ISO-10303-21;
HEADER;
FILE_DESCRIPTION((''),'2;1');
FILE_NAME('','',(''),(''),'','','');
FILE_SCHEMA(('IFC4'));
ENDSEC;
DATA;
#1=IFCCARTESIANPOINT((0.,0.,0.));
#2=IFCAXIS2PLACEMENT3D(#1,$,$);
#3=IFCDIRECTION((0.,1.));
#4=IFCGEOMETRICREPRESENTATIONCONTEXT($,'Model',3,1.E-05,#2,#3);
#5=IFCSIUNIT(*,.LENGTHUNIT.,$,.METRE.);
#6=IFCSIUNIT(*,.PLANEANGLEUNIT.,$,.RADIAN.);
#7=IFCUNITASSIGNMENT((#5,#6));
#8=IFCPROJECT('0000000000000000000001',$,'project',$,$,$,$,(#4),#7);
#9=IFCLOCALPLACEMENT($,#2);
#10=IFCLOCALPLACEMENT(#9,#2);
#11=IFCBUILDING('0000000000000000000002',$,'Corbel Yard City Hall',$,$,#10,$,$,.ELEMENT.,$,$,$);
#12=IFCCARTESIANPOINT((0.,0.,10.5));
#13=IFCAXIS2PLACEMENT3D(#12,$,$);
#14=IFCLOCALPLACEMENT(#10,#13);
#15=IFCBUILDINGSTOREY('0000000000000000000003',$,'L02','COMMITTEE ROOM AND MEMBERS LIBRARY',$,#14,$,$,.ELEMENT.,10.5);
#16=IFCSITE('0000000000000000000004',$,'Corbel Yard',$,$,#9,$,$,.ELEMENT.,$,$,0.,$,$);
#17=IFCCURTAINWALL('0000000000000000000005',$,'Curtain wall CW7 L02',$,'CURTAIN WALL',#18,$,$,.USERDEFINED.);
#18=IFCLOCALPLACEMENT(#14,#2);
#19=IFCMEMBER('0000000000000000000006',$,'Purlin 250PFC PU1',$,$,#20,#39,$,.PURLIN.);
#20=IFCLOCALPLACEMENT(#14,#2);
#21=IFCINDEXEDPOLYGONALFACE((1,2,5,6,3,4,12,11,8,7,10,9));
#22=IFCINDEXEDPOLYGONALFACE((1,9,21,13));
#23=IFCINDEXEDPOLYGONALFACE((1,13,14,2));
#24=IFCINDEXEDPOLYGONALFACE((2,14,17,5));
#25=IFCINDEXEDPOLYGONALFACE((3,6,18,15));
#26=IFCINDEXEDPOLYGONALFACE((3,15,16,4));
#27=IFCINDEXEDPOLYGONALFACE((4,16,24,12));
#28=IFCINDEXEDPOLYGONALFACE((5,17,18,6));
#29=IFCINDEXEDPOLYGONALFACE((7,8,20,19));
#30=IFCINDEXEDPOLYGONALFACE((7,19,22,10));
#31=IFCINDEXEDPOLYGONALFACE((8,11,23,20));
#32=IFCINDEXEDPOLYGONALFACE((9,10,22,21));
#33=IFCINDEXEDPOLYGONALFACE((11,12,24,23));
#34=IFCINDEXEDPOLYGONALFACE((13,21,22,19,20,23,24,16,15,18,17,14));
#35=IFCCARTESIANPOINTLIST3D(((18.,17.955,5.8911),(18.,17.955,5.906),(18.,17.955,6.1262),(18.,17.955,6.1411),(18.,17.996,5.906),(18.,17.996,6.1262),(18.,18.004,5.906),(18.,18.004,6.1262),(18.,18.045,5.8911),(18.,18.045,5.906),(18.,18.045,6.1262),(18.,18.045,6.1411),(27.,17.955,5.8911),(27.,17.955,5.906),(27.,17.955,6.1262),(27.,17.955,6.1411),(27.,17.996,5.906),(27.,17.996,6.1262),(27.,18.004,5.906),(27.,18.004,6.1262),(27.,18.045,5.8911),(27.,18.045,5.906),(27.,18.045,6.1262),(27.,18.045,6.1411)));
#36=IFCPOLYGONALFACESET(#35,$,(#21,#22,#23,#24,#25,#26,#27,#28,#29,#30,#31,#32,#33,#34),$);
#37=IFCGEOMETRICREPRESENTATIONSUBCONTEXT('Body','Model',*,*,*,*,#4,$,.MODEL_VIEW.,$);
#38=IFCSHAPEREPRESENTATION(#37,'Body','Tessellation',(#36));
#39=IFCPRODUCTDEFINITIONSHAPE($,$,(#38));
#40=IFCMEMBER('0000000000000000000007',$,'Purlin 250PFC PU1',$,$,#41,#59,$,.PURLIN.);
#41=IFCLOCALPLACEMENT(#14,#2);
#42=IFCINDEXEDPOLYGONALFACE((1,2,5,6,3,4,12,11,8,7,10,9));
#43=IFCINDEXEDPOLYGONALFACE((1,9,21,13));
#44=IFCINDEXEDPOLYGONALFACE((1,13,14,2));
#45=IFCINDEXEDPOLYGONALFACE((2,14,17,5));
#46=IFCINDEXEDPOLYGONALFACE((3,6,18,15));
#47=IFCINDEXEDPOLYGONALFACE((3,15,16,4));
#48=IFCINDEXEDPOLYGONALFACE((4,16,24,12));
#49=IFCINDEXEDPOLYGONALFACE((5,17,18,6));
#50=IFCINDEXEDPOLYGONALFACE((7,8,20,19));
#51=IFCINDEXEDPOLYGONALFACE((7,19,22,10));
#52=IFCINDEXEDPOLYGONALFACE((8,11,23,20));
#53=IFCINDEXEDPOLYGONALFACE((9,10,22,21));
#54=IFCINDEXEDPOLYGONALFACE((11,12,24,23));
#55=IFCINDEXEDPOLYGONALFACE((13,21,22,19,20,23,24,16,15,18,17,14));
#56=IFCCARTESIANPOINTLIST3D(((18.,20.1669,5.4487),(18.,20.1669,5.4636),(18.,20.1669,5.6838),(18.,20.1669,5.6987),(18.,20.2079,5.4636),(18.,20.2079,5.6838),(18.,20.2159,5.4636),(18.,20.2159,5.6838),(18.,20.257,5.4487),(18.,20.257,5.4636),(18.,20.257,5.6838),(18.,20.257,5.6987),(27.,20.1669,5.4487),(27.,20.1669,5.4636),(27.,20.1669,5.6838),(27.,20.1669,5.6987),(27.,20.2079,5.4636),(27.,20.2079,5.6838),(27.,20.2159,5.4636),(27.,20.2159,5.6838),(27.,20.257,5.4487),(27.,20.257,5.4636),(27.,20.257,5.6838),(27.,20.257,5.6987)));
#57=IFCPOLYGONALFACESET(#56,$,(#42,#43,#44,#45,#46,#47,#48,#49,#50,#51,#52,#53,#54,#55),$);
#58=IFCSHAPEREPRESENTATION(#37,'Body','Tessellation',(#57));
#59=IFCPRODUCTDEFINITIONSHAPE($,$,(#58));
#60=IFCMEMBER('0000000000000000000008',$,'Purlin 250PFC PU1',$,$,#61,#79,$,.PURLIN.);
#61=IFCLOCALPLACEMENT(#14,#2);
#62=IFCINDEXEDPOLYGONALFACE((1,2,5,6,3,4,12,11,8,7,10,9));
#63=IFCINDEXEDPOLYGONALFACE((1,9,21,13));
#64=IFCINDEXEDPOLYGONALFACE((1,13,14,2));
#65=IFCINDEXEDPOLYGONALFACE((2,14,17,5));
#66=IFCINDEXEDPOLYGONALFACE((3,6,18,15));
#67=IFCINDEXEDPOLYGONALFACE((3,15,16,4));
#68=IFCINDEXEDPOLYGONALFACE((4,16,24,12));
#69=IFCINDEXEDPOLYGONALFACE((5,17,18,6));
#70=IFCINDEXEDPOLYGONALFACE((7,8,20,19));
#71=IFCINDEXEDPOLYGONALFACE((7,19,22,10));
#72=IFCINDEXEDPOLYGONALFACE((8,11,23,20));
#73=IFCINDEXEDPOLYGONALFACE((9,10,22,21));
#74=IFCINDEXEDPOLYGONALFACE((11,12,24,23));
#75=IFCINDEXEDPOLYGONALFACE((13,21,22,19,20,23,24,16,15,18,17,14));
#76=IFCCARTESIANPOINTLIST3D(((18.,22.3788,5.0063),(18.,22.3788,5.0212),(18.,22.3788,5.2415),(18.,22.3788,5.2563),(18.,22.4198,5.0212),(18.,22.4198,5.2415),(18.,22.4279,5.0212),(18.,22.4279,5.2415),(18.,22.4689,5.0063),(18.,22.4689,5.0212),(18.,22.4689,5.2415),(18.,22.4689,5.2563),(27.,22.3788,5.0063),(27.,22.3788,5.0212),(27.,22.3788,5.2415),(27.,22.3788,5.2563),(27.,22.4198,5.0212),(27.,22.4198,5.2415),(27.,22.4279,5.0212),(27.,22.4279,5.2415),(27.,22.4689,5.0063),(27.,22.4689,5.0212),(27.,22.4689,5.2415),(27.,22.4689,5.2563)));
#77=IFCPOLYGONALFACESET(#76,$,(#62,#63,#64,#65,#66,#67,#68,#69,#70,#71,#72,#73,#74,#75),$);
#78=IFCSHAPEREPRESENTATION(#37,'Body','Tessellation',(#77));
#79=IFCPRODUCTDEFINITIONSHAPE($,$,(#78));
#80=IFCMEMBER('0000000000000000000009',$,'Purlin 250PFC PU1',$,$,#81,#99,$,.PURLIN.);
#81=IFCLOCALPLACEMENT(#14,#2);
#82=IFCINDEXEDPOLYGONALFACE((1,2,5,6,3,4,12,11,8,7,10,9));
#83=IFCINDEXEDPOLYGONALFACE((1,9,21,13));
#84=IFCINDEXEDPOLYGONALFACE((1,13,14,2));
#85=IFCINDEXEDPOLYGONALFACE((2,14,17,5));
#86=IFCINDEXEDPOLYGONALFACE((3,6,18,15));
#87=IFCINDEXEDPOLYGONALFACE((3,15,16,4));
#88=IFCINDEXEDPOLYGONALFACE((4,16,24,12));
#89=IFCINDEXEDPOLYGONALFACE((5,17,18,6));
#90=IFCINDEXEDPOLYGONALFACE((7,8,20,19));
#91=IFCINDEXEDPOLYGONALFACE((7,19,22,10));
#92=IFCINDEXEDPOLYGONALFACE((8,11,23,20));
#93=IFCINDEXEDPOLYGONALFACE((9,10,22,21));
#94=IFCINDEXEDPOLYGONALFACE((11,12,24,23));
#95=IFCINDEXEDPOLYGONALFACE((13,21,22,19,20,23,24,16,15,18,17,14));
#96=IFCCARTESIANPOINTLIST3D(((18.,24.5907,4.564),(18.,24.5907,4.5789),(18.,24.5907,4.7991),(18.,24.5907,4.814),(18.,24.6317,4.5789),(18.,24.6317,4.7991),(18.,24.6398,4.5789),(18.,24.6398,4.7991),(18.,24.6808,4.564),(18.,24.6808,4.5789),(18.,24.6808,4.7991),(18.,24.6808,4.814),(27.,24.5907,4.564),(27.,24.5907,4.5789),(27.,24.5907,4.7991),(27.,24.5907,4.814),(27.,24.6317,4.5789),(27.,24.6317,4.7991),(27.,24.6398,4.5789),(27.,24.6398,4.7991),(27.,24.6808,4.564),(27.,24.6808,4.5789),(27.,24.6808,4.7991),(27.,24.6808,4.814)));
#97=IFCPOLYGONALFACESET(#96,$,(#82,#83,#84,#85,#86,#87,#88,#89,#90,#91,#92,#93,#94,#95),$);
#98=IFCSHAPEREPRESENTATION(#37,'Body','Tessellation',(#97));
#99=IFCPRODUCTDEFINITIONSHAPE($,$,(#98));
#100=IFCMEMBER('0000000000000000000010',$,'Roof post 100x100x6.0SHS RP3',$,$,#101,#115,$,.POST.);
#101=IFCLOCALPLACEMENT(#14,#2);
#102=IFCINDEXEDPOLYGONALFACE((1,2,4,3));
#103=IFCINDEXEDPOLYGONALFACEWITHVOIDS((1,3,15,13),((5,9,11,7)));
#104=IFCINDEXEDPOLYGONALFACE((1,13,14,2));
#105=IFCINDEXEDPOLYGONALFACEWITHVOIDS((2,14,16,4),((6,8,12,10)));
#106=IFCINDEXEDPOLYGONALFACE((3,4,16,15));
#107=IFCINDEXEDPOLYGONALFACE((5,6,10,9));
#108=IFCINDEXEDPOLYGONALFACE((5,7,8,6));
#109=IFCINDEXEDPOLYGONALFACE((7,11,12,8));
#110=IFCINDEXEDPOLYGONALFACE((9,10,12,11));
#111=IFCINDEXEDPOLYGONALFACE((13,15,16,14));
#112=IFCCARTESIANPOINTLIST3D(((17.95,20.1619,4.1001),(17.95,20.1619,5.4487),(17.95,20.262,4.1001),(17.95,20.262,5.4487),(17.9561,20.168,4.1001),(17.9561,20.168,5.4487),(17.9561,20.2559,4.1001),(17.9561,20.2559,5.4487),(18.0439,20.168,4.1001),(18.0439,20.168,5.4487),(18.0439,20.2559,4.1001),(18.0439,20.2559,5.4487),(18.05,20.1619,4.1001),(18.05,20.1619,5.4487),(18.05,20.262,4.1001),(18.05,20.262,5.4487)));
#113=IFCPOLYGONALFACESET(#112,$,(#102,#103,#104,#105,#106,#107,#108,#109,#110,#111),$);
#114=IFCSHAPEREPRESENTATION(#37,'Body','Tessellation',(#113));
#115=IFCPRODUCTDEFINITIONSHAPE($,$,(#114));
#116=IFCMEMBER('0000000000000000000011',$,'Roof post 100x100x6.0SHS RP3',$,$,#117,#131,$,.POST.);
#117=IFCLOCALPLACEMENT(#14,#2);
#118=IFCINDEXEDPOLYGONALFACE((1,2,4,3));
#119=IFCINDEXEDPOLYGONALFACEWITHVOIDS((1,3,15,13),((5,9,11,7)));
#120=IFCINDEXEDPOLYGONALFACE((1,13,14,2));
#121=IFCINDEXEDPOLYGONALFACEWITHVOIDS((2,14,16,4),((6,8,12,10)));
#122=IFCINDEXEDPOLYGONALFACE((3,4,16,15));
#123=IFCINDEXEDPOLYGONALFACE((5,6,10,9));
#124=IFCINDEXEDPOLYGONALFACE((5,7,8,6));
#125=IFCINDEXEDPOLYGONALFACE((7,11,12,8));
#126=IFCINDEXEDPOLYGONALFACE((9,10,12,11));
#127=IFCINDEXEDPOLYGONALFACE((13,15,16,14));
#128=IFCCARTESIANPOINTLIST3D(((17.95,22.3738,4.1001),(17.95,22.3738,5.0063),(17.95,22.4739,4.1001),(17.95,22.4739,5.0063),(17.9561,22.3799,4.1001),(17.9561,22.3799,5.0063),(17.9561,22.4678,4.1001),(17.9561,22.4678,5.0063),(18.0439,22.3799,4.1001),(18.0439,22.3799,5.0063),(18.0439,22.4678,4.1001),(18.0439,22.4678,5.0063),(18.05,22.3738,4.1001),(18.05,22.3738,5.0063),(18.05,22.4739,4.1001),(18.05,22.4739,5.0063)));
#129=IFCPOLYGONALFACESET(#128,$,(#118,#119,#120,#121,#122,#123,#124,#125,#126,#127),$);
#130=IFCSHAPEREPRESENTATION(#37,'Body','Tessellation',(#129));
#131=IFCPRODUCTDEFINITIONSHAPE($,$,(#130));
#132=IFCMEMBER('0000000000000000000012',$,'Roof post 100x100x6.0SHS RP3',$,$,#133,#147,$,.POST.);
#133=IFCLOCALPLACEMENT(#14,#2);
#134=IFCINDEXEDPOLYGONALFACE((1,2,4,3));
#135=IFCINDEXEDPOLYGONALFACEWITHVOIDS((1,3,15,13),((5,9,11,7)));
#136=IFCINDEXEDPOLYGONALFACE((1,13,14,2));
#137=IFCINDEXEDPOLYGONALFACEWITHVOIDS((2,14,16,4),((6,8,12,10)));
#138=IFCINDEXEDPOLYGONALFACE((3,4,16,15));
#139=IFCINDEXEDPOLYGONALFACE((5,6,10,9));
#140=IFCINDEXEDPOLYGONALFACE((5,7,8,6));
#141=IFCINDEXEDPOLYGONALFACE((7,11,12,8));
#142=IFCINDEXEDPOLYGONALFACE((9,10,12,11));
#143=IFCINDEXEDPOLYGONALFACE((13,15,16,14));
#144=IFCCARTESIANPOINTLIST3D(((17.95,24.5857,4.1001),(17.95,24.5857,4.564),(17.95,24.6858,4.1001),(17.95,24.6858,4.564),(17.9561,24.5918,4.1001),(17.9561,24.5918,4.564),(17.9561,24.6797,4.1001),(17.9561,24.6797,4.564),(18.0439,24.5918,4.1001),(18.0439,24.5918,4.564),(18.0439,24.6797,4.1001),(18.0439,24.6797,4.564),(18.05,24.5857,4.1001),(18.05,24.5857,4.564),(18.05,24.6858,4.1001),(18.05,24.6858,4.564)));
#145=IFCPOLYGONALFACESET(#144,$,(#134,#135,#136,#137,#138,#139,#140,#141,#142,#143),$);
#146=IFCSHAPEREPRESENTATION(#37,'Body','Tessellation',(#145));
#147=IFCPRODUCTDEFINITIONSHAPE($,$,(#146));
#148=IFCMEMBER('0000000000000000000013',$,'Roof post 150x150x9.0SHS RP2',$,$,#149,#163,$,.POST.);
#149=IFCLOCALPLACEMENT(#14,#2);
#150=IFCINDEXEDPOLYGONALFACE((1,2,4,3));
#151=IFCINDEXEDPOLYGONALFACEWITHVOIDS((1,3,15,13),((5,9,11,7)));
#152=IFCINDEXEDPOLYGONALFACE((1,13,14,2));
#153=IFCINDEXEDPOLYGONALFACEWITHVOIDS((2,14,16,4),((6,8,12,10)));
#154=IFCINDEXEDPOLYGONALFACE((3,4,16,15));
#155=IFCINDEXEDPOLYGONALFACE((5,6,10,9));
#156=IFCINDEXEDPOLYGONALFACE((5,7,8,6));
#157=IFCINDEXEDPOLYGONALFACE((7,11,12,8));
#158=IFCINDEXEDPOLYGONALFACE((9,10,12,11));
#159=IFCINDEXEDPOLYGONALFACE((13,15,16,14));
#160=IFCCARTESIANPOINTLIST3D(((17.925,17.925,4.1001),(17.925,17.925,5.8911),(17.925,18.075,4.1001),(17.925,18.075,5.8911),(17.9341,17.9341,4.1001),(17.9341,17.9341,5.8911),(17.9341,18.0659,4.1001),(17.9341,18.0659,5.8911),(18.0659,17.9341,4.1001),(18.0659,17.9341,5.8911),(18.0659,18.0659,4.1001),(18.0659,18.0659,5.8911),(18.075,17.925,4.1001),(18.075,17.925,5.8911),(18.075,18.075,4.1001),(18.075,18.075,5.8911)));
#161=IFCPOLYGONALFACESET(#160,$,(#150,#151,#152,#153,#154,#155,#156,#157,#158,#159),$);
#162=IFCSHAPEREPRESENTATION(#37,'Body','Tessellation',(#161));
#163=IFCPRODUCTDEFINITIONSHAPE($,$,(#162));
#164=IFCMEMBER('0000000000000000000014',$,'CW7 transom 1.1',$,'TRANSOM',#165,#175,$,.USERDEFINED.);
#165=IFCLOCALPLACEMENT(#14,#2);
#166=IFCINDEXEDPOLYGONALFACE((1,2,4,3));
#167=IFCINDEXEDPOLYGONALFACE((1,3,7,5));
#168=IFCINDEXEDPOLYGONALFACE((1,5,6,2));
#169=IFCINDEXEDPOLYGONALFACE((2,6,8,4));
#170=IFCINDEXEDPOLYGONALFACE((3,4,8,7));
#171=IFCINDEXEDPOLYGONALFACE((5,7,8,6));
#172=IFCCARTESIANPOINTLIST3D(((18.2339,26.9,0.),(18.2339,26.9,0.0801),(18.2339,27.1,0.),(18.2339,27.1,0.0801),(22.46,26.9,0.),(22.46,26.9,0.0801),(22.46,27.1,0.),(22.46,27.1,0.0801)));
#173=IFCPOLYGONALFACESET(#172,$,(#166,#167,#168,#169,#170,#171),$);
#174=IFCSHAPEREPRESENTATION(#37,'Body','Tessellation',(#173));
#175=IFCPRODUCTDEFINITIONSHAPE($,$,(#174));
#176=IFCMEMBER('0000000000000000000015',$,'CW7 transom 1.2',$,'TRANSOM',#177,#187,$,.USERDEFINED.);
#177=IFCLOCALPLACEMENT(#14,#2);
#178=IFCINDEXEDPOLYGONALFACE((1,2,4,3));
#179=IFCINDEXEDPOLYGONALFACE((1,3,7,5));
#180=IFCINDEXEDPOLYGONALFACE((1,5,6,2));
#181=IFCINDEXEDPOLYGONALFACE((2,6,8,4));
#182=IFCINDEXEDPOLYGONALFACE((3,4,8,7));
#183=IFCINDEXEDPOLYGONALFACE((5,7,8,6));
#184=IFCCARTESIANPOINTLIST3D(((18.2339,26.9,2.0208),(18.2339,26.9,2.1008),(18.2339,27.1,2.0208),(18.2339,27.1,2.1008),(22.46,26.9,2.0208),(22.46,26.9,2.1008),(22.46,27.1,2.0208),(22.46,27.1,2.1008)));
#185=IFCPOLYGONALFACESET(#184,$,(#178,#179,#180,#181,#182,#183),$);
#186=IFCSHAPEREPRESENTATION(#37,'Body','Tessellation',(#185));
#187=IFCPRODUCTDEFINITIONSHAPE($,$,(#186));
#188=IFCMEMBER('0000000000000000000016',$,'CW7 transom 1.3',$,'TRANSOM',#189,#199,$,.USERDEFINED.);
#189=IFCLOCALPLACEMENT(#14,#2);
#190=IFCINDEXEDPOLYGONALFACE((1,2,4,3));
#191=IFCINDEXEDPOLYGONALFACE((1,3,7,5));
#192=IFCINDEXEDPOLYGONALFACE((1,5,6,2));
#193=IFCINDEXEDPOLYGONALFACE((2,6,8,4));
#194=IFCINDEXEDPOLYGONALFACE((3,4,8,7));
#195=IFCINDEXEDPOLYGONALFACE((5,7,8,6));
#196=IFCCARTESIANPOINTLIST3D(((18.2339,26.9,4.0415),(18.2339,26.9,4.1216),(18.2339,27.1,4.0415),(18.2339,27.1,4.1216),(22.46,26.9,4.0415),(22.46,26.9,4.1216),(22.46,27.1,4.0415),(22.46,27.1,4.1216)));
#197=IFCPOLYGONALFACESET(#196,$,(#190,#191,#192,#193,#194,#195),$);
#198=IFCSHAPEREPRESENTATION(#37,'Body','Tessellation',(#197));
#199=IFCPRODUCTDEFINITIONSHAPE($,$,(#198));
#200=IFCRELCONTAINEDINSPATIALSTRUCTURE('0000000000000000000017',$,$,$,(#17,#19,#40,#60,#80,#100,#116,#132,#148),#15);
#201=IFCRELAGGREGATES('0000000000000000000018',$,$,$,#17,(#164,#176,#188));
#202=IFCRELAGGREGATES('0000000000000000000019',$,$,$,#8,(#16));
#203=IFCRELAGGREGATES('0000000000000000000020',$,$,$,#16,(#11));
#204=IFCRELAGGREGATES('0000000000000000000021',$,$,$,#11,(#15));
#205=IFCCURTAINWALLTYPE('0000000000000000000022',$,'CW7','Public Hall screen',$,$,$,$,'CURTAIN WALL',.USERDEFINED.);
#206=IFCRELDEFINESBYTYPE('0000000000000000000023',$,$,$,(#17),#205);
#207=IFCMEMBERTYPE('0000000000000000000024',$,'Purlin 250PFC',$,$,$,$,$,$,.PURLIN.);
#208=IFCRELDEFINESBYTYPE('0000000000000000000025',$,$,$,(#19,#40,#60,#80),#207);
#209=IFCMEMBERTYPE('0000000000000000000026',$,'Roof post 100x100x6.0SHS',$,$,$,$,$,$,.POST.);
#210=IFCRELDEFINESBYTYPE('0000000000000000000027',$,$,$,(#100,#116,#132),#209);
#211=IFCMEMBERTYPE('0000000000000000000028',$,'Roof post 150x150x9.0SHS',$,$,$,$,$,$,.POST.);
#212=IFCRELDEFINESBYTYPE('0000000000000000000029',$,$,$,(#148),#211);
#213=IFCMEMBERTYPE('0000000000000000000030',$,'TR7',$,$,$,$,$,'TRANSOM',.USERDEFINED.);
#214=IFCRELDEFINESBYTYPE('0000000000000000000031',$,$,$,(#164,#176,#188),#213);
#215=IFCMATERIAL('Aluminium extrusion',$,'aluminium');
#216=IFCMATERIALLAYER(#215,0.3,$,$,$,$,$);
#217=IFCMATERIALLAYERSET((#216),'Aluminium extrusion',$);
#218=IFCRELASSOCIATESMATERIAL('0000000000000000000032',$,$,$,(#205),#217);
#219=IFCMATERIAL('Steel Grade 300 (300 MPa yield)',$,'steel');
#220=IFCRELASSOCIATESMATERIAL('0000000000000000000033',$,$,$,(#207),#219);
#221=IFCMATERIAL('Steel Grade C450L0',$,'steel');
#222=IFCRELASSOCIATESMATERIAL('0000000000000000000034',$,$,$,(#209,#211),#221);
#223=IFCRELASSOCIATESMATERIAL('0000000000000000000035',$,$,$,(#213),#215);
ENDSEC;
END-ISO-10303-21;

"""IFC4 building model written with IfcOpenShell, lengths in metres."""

from ifc_helpers import new_model, si_unit, direction, frame, origin, origin_2d, place, context, subcontext, project, spatial, rectangle, hollow_rectangle, i_section, extrude, material, layer, layer_set, material_profile, profile_set, type_object, element, aggregate, save


model = new_model("IFC4")

# Units and contexts
model_context = context("Model", 3, precision=1e-05, world=origin(), true_north=direction((0.0, 1.0)))
body_context = subcontext(model_context, "Body", "Model", "MODEL_VIEW")
ifc_project = project(units=[si_unit("LENGTHUNIT", "METRE"), si_unit("PLANEANGLEUNIT", "RADIAN")], contexts=[model_context])

# Site, building, storey
site_placement = place(None, origin())
site = spatial("IfcSite", under=ifc_project, at=site_placement, Name="Corbel Yard", CompositionType="ELEMENT", RefElevation=0.0)
building_placement = place(site_placement, origin())
building = spatial("IfcBuilding", under=site, at=building_placement, Name="Corbel Yard City Hall", CompositionType="ELEMENT")
storey_placement = place(building_placement, frame((0.0, 0.0, 10.5)))
storey = spatial("IfcBuildingStorey", under=building, at=storey_placement, Name="L02", Description="COMMITTEE ROOM AND MEMBERS LIBRARY", CompositionType="ELEMENT", Elevation=10.5)

# Shared definitions
ifc_material_1 = material(Name="Steel Grade 300 (300 MPa yield)", Category="steel")

# Curtain wall
ifc_material_2 = material(Name="Aluminium extrusion", Category="aluminium")
ifc_layer_1 = layer(ifc_material_2, 0.3)
ifc_layer_set_1 = layer_set([ifc_layer_1], Name="Aluminium extrusion")
curtain_wall_type = type_object("IfcCurtainWallType", Name="CW7", Description="Public Hall screen", ElementType="CURTAIN WALL", PredefinedType="USERDEFINED", material=ifc_layer_set_1)
curtain_wall_placement = place(storey_placement, origin())
curtain_wall = element("IfcCurtainWall", 1, at=curtain_wall_placement, inside=storey, type_object=curtain_wall_type, Name="Curtain wall CW7 L02", ObjectType="CURTAIN WALL", PredefinedType="USERDEFINED")

# Members
ifc_material_profile_1 = material_profile(ifc_material_1, i_section(OverallWidth=0.0901, OverallDepth=0.25, WebThickness=0.0081, FlangeThickness=0.0149, at=origin_2d()), Name="250PFC")
ifc_profile_set_1 = profile_set([ifc_material_profile_1], Name="Steel Grade 300 (300 MPa yield)")
member_type_1 = type_object("IfcMemberType", Name="Purlin 250PFC", PredefinedType="PURLIN", material=ifc_profile_set_1)
for number, where, z_axis, x_axis, name in (
    (2, (18.0, 18.0, 6.0161), (1.0, 0.0, 0.0), (0.0, 1.0, 0.0), "Purlin 250PFC PU1"),
    (3, (18.0, 20.2119, 5.5737), (1.0, 0.0, 0.0), (0.0, 1.0, 0.0), "Purlin 250PFC PU1"),
    (4, (18.0, 22.4238, 5.1313), (1.0, 0.0, 0.0), (0.0, 1.0, 0.0), "Purlin 250PFC PU1"),
    (5, (18.0, 24.6357, 4.689), (1.0, 0.0, 0.0), (0.0, 1.0, 0.0), "Purlin 250PFC PU1"),
):
    element("IfcMember", number, at=place(storey_placement, frame(where, z_axis=z_axis, x_axis=x_axis)), inside=storey, type_object=member_type_1, Name=name, PredefinedType="PURLIN", context=body_context, shape_type="SweptSolid", body=[
        extrude(i_section(OverallWidth=0.0901, OverallDepth=0.25, WebThickness=0.0081, FlangeThickness=0.0149, at=origin_2d()), origin(), (0.0, 0.0, 1.0), 9.0),
    ])
ifc_material_3 = material(Name="Steel Grade C450L0", Category="steel")
ifc_material_profile_2 = material_profile(ifc_material_3, hollow_rectangle(XDim=0.1001, YDim=0.1001, WallThickness=0.0061, at=origin_2d()), Name="100x100x6.0SHS")
ifc_profile_set_2 = profile_set([ifc_material_profile_2], Name="Steel Grade C450L0")
member_type_2 = type_object("IfcMemberType", Name="Roof post 100x100x6.0SHS", PredefinedType="POST", material=ifc_profile_set_2)
member_1_placement = place(storey_placement, frame((18.0, 20.2119, 4.1001), z_axis=(0.0, 0.0, 1.0), x_axis=(1.0, 0.0, 0.0)))
element("IfcMember", 6, at=member_1_placement, inside=storey, type_object=member_type_2, Name="Roof post 100x100x6.0SHS RP3", PredefinedType="POST", context=body_context, shape_type="SweptSolid", body=[
    extrude(hollow_rectangle(XDim=0.1001, YDim=0.1001, WallThickness=0.0061, at=origin_2d()), origin(), (0.0, 0.0, 1.0), 1.3486),
])
member_2_placement = place(storey_placement, frame((18.0, 22.4238, 4.1001), z_axis=(0.0, 0.0, 1.0), x_axis=(1.0, 0.0, 0.0)))
element("IfcMember", 7, at=member_2_placement, inside=storey, type_object=member_type_2, Name="Roof post 100x100x6.0SHS RP3", PredefinedType="POST", context=body_context, shape_type="SweptSolid", body=[
    extrude(hollow_rectangle(XDim=0.1001, YDim=0.1001, WallThickness=0.0061, at=origin_2d()), origin(), (0.0, 0.0, 1.0), 0.9062),
])
member_3_placement = place(storey_placement, frame((18.0, 24.6357, 4.1001), z_axis=(0.0, 0.0, 1.0), x_axis=(1.0, 0.0, 0.0)))
element("IfcMember", 8, at=member_3_placement, inside=storey, type_object=member_type_2, Name="Roof post 100x100x6.0SHS RP3", PredefinedType="POST", context=body_context, shape_type="SweptSolid", body=[
    extrude(hollow_rectangle(XDim=0.1001, YDim=0.1001, WallThickness=0.0061, at=origin_2d()), origin(), (0.0, 0.0, 1.0), 0.4639),
])
ifc_material_profile_3 = material_profile(ifc_material_3, hollow_rectangle(XDim=0.1499, YDim=0.1499, WallThickness=0.009, at=origin_2d()), Name="150x150x9.0SHS")
ifc_profile_set_3 = profile_set([ifc_material_profile_3], Name="Steel Grade C450L0")
member_type_3 = type_object("IfcMemberType", Name="Roof post 150x150x9.0SHS", PredefinedType="POST", material=ifc_profile_set_3)
member_4_placement = place(storey_placement, frame((18.0, 18.0, 4.1001), z_axis=(0.0, 0.0, 1.0), x_axis=(1.0, 0.0, 0.0)))
element("IfcMember", 9, at=member_4_placement, inside=storey, type_object=member_type_3, Name="Roof post 150x150x9.0SHS RP2", PredefinedType="POST", context=body_context, shape_type="SweptSolid", body=[
    extrude(hollow_rectangle(XDim=0.1499, YDim=0.1499, WallThickness=0.009, at=origin_2d()), origin(), (0.0, 0.0, 1.0), 1.791),
])

# Members
ifc_material_profile_4 = material_profile(ifc_material_2, rectangle(XDim=0.2, YDim=0.0801, at=origin_2d()), Name="200x80")
ifc_profile_set_4 = profile_set([ifc_material_profile_4], Name="Aluminium extrusion")
member_type_4 = type_object("IfcMemberType", Name="TR7", ElementType="TRANSOM", PredefinedType="USERDEFINED", material=ifc_profile_set_4)
member_5_placement = place(storey_placement, frame((18.2339, 27.0, 0.04), z_axis=(1.0, 0.0, 0.0), x_axis=(0.0, 1.0, 0.0)))
member_5 = element("IfcMember", 10, at=member_5_placement, type_object=member_type_4, Name="CW7 transom 1.1", ObjectType="TRANSOM", PredefinedType="USERDEFINED", context=body_context, shape_type="SweptSolid", body=[
    extrude(rectangle(XDim=0.2, YDim=0.0801, at=origin_2d()), origin(), (0.0, 0.0, 1.0), 4.2261),
])
member_6_placement = place(storey_placement, frame((18.2339, 27.0, 2.0608), z_axis=(1.0, 0.0, 0.0), x_axis=(0.0, 1.0, 0.0)))
member_6 = element("IfcMember", 11, at=member_6_placement, type_object=member_type_4, Name="CW7 transom 1.2", ObjectType="TRANSOM", PredefinedType="USERDEFINED", context=body_context, shape_type="SweptSolid", body=[
    extrude(rectangle(XDim=0.2, YDim=0.0801, at=origin_2d()), origin(), (0.0, 0.0, 1.0), 4.2261),
])
member_7_placement = place(storey_placement, frame((18.2339, 27.0, 4.0815), z_axis=(1.0, 0.0, 0.0), x_axis=(0.0, 1.0, 0.0)))
member_7 = element("IfcMember", 12, at=member_7_placement, type_object=member_type_4, Name="CW7 transom 1.3", ObjectType="TRANSOM", PredefinedType="USERDEFINED", context=body_context, shape_type="SweptSolid", body=[
    extrude(rectangle(XDim=0.2, YDim=0.0801, at=origin_2d()), origin(), (0.0, 0.0, 1.0), 4.2261),
])

aggregate(curtain_wall, [member_5, member_6, member_7])

save(model, "model.ifc")
